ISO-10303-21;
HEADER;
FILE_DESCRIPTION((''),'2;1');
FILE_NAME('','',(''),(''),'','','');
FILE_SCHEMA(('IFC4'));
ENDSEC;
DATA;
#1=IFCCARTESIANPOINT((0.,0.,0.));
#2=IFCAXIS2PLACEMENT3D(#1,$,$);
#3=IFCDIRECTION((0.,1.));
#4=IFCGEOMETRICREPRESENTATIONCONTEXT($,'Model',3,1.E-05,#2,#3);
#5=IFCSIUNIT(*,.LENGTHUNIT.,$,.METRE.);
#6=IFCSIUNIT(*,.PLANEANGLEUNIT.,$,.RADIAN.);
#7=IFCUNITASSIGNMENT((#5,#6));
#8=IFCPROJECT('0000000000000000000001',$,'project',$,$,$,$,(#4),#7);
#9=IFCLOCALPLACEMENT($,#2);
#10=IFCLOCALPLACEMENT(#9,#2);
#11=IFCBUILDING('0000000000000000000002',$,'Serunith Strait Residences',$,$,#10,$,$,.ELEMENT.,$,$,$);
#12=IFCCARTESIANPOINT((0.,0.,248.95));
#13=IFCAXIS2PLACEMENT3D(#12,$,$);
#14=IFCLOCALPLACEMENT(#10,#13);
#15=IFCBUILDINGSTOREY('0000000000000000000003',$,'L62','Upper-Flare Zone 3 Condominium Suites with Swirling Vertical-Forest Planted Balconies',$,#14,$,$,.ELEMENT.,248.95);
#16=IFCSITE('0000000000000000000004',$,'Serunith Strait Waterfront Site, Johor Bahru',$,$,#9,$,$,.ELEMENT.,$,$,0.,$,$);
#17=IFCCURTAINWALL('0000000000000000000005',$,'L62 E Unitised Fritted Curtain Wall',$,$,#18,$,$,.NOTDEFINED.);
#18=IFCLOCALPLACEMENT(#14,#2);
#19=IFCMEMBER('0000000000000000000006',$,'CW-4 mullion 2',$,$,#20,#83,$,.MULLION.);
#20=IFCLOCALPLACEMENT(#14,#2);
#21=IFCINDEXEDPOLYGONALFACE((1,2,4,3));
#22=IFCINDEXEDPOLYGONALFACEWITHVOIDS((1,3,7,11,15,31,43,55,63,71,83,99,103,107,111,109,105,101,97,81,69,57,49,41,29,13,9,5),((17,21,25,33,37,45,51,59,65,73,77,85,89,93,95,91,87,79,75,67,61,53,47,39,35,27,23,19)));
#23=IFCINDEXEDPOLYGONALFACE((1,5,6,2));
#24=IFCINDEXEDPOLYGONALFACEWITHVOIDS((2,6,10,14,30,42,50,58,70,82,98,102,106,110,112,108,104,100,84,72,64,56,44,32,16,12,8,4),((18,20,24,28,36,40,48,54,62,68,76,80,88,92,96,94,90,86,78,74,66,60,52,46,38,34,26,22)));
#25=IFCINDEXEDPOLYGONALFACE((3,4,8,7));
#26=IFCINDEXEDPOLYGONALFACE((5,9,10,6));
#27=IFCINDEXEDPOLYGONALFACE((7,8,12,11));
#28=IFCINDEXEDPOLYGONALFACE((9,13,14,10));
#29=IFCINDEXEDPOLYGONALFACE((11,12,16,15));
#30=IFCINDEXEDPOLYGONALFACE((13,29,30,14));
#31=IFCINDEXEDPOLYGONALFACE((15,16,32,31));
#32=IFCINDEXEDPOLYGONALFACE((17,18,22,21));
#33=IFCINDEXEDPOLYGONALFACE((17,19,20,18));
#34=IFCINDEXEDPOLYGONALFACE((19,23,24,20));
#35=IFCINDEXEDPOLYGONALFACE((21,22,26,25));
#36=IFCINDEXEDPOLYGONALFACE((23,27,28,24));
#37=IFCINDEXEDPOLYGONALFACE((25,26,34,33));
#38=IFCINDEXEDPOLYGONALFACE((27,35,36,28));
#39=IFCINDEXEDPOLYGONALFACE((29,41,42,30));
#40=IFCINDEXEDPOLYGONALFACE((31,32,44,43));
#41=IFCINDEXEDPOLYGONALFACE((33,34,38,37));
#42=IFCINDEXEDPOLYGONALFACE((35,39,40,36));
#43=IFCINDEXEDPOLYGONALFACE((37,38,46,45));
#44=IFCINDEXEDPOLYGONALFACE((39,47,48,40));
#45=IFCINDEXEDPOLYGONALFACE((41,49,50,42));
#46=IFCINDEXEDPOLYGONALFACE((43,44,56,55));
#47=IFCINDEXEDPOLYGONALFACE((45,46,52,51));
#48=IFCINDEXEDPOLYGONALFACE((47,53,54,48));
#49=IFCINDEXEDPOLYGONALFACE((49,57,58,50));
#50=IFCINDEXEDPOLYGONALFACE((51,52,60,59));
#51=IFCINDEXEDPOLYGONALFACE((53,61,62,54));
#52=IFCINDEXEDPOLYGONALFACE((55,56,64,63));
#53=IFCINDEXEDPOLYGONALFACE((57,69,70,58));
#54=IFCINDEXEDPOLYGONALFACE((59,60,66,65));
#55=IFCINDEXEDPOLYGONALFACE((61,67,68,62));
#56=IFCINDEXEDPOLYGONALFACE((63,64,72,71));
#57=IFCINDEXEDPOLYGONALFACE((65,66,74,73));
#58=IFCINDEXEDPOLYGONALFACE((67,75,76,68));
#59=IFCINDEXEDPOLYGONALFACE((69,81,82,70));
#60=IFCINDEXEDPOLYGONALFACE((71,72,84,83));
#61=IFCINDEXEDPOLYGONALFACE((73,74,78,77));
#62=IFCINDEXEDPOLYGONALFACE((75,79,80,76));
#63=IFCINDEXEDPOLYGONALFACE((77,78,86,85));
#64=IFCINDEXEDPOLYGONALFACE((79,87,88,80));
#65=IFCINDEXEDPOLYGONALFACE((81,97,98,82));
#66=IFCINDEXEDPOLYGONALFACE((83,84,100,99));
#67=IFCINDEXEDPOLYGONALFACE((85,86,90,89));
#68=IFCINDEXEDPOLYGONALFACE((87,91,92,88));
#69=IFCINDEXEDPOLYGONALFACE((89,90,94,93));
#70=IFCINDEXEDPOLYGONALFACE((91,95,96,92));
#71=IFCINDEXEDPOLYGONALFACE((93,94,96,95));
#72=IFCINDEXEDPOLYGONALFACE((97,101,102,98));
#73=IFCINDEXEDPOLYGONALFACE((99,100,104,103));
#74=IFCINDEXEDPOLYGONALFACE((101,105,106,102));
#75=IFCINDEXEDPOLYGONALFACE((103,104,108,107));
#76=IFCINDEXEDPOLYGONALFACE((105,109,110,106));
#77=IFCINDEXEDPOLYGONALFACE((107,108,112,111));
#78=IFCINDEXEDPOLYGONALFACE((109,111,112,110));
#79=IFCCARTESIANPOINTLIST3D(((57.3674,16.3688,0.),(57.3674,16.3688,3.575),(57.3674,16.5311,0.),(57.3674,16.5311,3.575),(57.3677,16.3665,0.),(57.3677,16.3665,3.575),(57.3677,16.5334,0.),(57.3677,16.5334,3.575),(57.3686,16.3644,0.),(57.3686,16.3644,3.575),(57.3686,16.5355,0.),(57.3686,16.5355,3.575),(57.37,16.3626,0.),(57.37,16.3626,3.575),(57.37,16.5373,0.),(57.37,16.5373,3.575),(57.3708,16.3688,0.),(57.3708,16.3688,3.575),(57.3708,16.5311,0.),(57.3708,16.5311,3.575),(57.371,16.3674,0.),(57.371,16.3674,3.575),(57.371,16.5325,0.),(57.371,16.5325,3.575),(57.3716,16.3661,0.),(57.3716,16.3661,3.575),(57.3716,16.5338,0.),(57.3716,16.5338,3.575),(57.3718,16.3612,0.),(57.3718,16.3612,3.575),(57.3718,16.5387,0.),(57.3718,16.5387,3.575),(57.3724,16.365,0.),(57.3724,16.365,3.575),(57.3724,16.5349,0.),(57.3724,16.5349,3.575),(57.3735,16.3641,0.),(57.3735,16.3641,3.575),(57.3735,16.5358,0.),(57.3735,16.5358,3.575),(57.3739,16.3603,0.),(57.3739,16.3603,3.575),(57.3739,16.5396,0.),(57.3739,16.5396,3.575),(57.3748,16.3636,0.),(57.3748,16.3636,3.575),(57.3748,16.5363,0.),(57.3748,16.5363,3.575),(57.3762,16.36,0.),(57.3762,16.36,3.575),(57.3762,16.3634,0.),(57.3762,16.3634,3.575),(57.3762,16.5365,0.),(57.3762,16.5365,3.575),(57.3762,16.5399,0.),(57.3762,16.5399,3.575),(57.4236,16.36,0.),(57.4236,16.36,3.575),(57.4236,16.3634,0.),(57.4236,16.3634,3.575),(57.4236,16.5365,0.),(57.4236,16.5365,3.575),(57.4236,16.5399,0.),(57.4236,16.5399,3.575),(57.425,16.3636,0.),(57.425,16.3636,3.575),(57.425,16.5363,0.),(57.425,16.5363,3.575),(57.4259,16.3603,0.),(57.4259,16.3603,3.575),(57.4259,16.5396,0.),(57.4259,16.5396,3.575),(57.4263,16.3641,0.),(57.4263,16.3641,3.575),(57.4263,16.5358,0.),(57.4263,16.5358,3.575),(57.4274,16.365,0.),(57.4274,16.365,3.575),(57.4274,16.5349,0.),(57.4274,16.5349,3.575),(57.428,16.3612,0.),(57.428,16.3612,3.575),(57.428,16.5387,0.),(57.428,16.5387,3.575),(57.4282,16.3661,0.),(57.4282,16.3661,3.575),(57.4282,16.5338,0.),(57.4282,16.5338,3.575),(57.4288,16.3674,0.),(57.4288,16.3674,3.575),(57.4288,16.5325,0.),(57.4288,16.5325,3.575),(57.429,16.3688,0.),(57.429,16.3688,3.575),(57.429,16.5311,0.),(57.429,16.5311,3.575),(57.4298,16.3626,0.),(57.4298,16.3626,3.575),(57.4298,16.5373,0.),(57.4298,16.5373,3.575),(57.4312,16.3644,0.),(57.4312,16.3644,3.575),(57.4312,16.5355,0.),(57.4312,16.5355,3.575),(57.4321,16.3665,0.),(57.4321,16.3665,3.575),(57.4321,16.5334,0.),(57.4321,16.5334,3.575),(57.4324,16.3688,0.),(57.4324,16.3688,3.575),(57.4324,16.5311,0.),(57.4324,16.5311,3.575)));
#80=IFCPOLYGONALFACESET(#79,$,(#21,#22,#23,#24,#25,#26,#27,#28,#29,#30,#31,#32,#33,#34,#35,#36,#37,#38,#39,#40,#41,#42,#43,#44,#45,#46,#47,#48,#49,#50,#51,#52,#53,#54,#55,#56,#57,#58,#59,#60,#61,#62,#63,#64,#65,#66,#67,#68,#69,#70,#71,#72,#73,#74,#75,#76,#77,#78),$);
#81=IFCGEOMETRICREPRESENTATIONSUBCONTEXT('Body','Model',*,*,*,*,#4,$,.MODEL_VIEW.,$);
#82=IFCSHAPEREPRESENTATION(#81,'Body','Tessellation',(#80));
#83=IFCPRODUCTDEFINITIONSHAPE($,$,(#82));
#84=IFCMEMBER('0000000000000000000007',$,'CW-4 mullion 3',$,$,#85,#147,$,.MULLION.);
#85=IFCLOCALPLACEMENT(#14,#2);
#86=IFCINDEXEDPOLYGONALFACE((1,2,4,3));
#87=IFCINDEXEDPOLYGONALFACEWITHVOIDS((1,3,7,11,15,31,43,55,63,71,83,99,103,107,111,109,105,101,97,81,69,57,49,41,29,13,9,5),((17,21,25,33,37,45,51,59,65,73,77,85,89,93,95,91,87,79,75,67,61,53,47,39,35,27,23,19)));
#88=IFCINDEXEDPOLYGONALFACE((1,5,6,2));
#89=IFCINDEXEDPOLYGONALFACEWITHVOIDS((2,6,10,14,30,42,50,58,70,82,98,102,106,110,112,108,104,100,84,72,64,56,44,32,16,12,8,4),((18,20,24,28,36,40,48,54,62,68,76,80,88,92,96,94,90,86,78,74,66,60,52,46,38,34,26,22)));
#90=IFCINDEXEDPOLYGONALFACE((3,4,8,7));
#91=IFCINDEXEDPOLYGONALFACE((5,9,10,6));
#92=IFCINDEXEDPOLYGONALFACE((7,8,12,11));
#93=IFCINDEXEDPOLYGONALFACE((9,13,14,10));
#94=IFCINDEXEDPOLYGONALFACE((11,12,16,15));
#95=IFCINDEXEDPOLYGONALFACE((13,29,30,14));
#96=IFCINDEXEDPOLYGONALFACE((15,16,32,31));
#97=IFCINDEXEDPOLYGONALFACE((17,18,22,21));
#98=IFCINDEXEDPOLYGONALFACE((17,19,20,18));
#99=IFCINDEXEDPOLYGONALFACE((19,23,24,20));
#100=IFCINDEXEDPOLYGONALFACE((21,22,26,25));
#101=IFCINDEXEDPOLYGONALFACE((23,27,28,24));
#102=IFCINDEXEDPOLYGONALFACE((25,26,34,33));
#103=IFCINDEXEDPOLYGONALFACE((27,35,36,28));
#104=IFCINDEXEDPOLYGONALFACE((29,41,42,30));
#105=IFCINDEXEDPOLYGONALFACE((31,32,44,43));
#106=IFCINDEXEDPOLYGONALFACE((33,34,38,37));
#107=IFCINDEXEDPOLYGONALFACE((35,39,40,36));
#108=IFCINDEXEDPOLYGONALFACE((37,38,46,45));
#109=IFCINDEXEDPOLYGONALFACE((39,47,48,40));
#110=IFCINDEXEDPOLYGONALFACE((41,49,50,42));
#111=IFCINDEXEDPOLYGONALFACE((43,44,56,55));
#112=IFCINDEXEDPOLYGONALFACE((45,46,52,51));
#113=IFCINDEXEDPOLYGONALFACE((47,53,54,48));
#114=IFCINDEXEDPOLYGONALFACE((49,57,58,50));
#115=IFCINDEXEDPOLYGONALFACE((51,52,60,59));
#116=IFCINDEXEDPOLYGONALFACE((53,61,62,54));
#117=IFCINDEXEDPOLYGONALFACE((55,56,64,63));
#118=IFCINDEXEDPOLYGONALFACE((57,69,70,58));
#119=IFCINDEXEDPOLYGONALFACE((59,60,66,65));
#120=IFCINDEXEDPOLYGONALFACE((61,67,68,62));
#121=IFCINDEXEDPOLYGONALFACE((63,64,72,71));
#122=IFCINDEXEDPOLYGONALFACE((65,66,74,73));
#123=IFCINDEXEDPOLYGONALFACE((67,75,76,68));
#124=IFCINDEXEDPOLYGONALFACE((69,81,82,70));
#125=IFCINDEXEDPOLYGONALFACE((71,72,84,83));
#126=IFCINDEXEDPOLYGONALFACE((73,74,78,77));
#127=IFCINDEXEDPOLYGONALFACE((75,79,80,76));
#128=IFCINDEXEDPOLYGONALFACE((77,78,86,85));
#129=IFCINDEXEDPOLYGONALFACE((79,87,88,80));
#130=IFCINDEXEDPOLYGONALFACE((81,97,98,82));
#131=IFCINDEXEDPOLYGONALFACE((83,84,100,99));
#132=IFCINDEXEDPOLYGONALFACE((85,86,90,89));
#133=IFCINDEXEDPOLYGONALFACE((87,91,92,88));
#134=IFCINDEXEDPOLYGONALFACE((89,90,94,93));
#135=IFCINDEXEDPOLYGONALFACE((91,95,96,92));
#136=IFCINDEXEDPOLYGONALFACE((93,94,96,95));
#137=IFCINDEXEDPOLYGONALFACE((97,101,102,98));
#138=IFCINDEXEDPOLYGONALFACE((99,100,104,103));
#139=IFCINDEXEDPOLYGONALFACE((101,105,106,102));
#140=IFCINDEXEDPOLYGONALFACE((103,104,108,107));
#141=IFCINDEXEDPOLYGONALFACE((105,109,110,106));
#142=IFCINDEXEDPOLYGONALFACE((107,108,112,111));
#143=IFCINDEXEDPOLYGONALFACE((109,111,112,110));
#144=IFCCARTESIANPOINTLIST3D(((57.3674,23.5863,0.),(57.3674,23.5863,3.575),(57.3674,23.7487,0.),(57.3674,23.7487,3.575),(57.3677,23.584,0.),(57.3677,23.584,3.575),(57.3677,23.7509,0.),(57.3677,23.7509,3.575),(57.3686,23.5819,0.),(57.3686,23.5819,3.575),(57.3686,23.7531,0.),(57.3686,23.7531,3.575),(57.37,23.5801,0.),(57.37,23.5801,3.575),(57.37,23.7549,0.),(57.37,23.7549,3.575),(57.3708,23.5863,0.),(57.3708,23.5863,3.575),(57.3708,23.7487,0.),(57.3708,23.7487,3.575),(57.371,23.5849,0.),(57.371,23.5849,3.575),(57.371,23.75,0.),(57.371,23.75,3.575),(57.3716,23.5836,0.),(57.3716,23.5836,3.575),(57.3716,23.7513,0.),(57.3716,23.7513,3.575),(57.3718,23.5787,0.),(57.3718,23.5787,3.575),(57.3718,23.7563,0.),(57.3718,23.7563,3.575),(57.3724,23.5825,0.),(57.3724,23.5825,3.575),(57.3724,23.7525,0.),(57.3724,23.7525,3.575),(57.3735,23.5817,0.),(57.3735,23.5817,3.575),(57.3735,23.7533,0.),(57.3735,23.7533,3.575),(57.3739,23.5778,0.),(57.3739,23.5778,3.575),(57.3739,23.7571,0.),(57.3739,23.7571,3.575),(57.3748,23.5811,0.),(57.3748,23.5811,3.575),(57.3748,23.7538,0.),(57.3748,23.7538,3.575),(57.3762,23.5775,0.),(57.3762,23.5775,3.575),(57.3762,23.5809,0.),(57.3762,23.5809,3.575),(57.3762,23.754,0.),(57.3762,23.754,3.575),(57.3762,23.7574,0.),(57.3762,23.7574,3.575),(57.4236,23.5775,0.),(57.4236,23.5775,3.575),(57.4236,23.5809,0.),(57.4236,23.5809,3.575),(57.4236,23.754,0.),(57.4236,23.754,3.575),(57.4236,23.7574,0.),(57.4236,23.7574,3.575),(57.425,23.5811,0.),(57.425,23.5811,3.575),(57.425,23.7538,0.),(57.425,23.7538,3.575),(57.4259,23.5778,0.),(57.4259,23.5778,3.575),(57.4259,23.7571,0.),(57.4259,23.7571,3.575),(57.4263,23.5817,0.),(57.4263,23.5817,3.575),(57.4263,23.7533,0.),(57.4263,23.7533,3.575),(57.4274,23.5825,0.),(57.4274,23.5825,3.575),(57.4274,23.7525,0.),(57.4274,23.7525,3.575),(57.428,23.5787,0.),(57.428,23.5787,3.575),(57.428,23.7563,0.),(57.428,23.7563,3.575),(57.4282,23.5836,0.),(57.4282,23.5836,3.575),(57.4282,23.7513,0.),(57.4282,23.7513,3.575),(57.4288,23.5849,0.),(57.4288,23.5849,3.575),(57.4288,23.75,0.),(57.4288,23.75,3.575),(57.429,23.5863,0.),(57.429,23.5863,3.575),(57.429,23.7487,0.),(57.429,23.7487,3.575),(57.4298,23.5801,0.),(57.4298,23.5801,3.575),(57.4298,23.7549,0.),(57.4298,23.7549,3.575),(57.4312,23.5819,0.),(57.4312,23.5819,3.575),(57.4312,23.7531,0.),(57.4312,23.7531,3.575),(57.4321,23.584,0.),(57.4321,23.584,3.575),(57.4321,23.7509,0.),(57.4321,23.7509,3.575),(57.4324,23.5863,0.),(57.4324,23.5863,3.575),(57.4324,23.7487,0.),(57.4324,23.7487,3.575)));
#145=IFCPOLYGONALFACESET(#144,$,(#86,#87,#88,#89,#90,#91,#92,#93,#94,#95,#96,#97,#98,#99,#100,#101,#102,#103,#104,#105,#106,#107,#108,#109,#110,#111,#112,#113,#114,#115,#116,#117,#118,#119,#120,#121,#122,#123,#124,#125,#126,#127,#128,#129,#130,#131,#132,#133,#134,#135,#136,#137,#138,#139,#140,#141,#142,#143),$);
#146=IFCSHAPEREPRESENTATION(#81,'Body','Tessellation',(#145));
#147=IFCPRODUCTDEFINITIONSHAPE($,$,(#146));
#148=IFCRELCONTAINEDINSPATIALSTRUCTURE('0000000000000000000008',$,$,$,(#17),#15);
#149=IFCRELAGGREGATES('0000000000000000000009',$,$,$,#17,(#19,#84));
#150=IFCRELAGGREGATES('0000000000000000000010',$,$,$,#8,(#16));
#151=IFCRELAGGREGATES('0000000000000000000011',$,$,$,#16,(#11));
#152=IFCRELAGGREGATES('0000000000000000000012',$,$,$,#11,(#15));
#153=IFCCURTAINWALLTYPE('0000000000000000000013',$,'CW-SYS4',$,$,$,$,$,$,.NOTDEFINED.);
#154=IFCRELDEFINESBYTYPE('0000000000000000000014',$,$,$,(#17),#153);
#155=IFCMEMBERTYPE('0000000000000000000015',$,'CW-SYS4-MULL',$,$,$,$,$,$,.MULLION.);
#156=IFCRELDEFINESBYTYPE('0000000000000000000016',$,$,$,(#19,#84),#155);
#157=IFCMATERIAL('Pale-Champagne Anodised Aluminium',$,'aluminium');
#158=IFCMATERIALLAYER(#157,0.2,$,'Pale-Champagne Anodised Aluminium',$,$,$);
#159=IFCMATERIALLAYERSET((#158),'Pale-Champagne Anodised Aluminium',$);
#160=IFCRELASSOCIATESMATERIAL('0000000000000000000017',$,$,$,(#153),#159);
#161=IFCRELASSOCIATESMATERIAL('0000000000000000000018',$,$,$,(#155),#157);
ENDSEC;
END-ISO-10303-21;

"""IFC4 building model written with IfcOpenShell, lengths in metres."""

from ifc_helpers import new_model, si_unit, direction, frame, origin, origin_2d, place, context, subcontext, project, spatial, hollow_rectangle, extrude, source, transform, mapped, material, layer, layer_set, material_profile, profile_set, type_object, element, aggregate, save


model = new_model("IFC4")

# Units and contexts
model_context = context("Model", 3, precision=1e-05, world=origin(), true_north=direction((0.0, 1.0)))
body_context = subcontext(model_context, "Body", "Model", "MODEL_VIEW")
ifc_project = project(units=[si_unit("LENGTHUNIT", "METRE"), si_unit("PLANEANGLEUNIT", "RADIAN")], contexts=[model_context])

# Site, building, storey
site_placement = place(None, origin())
site = spatial("IfcSite", under=ifc_project, at=site_placement, Name="Serunith Strait Waterfront Site, Johor Bahru", CompositionType="ELEMENT", RefElevation=0.0)
building_placement = place(site_placement, origin())
building = spatial("IfcBuilding", under=site, at=building_placement, Name="Serunith Strait Residences", CompositionType="ELEMENT")
storey_placement = place(building_placement, frame((0.0, 0.0, 248.95)))
storey = spatial("IfcBuildingStorey", under=building, at=storey_placement, Name="L62", Description="Upper-Flare Zone 3 Condominium Suites with Swirling Vertical-Forest Planted Balconies", CompositionType="ELEMENT", Elevation=248.95)

# Curtain wall, members
ifc_material_1 = material(Name="Pale-Champagne Anodised Aluminium", Category="aluminium")
ifc_layer_1 = layer(ifc_material_1, 0.2, Name="Pale-Champagne Anodised Aluminium")
ifc_layer_set_1 = layer_set([ifc_layer_1], Name="Pale-Champagne Anodised Aluminium")
curtain_wall_type = type_object("IfcCurtainWallType", Name="CW-SYS4", PredefinedType="NOTDEFINED", material=ifc_layer_set_1)
curtain_wall_placement = place(storey_placement, origin())
curtain_wall = element("IfcCurtainWall", 1, at=curtain_wall_placement, inside=storey, type_object=curtain_wall_type, Name="L62 E Unitised Fritted Curtain Wall", PredefinedType="NOTDEFINED")
ifc_material_profile_1 = material_profile(ifc_material_1, hollow_rectangle(XDim=0.0649, YDim=0.1799, WallThickness=0.0034, InnerFilletRadius=0.0054, OuterFilletRadius=0.0088, at=origin_2d()), Name="ALU 180x65x3.5")
ifc_profile_set_1 = profile_set([ifc_material_profile_1], Name="Pale-Champagne Anodised Aluminium")
member_type_1 = type_object("IfcMemberType", Name="CW-SYS4-MULL", PredefinedType="MULLION", material=ifc_profile_set_1)
shared_shape_1 = source(origin(), body_context, "Body", "SweptSolid", [
    extrude(hollow_rectangle(XDim=0.0649, YDim=0.1799, WallThickness=0.0034, InnerFilletRadius=0.0054, OuterFilletRadius=0.0088, at=origin_2d()), origin(), (0.0, 0.0, 1.0), 3.575),
])
member_1_placement = place(storey_placement, frame((57.3999, 16.45, 0.0), z_axis=(0.0, 0.0, 1.0), x_axis=(-1.0, 0.0, 0.0)))
member_1 = element("IfcMember", 2, at=member_1_placement, type_object=member_type_1, Name="CW-4 mullion 2", PredefinedType="MULLION", context=body_context, shape_type="MappedRepresentation", body=[
    mapped(shared_shape_1, transform((0.0, 0.0, 0.0), scale=1.0)),
])
member_2_placement = place(storey_placement, frame((57.3999, 23.6675, 0.0), z_axis=(0.0, 0.0, 1.0), x_axis=(-1.0, 0.0, 0.0)))
member_2 = element("IfcMember", 3, at=member_2_placement, type_object=member_type_1, Name="CW-4 mullion 3", PredefinedType="MULLION", context=body_context, shape_type="MappedRepresentation", body=[
    mapped(shared_shape_1, transform((0.0, 0.0, 0.0), scale=1.0)),
])
aggregate(curtain_wall, [member_1, member_2])

save(model, "model.ifc")
